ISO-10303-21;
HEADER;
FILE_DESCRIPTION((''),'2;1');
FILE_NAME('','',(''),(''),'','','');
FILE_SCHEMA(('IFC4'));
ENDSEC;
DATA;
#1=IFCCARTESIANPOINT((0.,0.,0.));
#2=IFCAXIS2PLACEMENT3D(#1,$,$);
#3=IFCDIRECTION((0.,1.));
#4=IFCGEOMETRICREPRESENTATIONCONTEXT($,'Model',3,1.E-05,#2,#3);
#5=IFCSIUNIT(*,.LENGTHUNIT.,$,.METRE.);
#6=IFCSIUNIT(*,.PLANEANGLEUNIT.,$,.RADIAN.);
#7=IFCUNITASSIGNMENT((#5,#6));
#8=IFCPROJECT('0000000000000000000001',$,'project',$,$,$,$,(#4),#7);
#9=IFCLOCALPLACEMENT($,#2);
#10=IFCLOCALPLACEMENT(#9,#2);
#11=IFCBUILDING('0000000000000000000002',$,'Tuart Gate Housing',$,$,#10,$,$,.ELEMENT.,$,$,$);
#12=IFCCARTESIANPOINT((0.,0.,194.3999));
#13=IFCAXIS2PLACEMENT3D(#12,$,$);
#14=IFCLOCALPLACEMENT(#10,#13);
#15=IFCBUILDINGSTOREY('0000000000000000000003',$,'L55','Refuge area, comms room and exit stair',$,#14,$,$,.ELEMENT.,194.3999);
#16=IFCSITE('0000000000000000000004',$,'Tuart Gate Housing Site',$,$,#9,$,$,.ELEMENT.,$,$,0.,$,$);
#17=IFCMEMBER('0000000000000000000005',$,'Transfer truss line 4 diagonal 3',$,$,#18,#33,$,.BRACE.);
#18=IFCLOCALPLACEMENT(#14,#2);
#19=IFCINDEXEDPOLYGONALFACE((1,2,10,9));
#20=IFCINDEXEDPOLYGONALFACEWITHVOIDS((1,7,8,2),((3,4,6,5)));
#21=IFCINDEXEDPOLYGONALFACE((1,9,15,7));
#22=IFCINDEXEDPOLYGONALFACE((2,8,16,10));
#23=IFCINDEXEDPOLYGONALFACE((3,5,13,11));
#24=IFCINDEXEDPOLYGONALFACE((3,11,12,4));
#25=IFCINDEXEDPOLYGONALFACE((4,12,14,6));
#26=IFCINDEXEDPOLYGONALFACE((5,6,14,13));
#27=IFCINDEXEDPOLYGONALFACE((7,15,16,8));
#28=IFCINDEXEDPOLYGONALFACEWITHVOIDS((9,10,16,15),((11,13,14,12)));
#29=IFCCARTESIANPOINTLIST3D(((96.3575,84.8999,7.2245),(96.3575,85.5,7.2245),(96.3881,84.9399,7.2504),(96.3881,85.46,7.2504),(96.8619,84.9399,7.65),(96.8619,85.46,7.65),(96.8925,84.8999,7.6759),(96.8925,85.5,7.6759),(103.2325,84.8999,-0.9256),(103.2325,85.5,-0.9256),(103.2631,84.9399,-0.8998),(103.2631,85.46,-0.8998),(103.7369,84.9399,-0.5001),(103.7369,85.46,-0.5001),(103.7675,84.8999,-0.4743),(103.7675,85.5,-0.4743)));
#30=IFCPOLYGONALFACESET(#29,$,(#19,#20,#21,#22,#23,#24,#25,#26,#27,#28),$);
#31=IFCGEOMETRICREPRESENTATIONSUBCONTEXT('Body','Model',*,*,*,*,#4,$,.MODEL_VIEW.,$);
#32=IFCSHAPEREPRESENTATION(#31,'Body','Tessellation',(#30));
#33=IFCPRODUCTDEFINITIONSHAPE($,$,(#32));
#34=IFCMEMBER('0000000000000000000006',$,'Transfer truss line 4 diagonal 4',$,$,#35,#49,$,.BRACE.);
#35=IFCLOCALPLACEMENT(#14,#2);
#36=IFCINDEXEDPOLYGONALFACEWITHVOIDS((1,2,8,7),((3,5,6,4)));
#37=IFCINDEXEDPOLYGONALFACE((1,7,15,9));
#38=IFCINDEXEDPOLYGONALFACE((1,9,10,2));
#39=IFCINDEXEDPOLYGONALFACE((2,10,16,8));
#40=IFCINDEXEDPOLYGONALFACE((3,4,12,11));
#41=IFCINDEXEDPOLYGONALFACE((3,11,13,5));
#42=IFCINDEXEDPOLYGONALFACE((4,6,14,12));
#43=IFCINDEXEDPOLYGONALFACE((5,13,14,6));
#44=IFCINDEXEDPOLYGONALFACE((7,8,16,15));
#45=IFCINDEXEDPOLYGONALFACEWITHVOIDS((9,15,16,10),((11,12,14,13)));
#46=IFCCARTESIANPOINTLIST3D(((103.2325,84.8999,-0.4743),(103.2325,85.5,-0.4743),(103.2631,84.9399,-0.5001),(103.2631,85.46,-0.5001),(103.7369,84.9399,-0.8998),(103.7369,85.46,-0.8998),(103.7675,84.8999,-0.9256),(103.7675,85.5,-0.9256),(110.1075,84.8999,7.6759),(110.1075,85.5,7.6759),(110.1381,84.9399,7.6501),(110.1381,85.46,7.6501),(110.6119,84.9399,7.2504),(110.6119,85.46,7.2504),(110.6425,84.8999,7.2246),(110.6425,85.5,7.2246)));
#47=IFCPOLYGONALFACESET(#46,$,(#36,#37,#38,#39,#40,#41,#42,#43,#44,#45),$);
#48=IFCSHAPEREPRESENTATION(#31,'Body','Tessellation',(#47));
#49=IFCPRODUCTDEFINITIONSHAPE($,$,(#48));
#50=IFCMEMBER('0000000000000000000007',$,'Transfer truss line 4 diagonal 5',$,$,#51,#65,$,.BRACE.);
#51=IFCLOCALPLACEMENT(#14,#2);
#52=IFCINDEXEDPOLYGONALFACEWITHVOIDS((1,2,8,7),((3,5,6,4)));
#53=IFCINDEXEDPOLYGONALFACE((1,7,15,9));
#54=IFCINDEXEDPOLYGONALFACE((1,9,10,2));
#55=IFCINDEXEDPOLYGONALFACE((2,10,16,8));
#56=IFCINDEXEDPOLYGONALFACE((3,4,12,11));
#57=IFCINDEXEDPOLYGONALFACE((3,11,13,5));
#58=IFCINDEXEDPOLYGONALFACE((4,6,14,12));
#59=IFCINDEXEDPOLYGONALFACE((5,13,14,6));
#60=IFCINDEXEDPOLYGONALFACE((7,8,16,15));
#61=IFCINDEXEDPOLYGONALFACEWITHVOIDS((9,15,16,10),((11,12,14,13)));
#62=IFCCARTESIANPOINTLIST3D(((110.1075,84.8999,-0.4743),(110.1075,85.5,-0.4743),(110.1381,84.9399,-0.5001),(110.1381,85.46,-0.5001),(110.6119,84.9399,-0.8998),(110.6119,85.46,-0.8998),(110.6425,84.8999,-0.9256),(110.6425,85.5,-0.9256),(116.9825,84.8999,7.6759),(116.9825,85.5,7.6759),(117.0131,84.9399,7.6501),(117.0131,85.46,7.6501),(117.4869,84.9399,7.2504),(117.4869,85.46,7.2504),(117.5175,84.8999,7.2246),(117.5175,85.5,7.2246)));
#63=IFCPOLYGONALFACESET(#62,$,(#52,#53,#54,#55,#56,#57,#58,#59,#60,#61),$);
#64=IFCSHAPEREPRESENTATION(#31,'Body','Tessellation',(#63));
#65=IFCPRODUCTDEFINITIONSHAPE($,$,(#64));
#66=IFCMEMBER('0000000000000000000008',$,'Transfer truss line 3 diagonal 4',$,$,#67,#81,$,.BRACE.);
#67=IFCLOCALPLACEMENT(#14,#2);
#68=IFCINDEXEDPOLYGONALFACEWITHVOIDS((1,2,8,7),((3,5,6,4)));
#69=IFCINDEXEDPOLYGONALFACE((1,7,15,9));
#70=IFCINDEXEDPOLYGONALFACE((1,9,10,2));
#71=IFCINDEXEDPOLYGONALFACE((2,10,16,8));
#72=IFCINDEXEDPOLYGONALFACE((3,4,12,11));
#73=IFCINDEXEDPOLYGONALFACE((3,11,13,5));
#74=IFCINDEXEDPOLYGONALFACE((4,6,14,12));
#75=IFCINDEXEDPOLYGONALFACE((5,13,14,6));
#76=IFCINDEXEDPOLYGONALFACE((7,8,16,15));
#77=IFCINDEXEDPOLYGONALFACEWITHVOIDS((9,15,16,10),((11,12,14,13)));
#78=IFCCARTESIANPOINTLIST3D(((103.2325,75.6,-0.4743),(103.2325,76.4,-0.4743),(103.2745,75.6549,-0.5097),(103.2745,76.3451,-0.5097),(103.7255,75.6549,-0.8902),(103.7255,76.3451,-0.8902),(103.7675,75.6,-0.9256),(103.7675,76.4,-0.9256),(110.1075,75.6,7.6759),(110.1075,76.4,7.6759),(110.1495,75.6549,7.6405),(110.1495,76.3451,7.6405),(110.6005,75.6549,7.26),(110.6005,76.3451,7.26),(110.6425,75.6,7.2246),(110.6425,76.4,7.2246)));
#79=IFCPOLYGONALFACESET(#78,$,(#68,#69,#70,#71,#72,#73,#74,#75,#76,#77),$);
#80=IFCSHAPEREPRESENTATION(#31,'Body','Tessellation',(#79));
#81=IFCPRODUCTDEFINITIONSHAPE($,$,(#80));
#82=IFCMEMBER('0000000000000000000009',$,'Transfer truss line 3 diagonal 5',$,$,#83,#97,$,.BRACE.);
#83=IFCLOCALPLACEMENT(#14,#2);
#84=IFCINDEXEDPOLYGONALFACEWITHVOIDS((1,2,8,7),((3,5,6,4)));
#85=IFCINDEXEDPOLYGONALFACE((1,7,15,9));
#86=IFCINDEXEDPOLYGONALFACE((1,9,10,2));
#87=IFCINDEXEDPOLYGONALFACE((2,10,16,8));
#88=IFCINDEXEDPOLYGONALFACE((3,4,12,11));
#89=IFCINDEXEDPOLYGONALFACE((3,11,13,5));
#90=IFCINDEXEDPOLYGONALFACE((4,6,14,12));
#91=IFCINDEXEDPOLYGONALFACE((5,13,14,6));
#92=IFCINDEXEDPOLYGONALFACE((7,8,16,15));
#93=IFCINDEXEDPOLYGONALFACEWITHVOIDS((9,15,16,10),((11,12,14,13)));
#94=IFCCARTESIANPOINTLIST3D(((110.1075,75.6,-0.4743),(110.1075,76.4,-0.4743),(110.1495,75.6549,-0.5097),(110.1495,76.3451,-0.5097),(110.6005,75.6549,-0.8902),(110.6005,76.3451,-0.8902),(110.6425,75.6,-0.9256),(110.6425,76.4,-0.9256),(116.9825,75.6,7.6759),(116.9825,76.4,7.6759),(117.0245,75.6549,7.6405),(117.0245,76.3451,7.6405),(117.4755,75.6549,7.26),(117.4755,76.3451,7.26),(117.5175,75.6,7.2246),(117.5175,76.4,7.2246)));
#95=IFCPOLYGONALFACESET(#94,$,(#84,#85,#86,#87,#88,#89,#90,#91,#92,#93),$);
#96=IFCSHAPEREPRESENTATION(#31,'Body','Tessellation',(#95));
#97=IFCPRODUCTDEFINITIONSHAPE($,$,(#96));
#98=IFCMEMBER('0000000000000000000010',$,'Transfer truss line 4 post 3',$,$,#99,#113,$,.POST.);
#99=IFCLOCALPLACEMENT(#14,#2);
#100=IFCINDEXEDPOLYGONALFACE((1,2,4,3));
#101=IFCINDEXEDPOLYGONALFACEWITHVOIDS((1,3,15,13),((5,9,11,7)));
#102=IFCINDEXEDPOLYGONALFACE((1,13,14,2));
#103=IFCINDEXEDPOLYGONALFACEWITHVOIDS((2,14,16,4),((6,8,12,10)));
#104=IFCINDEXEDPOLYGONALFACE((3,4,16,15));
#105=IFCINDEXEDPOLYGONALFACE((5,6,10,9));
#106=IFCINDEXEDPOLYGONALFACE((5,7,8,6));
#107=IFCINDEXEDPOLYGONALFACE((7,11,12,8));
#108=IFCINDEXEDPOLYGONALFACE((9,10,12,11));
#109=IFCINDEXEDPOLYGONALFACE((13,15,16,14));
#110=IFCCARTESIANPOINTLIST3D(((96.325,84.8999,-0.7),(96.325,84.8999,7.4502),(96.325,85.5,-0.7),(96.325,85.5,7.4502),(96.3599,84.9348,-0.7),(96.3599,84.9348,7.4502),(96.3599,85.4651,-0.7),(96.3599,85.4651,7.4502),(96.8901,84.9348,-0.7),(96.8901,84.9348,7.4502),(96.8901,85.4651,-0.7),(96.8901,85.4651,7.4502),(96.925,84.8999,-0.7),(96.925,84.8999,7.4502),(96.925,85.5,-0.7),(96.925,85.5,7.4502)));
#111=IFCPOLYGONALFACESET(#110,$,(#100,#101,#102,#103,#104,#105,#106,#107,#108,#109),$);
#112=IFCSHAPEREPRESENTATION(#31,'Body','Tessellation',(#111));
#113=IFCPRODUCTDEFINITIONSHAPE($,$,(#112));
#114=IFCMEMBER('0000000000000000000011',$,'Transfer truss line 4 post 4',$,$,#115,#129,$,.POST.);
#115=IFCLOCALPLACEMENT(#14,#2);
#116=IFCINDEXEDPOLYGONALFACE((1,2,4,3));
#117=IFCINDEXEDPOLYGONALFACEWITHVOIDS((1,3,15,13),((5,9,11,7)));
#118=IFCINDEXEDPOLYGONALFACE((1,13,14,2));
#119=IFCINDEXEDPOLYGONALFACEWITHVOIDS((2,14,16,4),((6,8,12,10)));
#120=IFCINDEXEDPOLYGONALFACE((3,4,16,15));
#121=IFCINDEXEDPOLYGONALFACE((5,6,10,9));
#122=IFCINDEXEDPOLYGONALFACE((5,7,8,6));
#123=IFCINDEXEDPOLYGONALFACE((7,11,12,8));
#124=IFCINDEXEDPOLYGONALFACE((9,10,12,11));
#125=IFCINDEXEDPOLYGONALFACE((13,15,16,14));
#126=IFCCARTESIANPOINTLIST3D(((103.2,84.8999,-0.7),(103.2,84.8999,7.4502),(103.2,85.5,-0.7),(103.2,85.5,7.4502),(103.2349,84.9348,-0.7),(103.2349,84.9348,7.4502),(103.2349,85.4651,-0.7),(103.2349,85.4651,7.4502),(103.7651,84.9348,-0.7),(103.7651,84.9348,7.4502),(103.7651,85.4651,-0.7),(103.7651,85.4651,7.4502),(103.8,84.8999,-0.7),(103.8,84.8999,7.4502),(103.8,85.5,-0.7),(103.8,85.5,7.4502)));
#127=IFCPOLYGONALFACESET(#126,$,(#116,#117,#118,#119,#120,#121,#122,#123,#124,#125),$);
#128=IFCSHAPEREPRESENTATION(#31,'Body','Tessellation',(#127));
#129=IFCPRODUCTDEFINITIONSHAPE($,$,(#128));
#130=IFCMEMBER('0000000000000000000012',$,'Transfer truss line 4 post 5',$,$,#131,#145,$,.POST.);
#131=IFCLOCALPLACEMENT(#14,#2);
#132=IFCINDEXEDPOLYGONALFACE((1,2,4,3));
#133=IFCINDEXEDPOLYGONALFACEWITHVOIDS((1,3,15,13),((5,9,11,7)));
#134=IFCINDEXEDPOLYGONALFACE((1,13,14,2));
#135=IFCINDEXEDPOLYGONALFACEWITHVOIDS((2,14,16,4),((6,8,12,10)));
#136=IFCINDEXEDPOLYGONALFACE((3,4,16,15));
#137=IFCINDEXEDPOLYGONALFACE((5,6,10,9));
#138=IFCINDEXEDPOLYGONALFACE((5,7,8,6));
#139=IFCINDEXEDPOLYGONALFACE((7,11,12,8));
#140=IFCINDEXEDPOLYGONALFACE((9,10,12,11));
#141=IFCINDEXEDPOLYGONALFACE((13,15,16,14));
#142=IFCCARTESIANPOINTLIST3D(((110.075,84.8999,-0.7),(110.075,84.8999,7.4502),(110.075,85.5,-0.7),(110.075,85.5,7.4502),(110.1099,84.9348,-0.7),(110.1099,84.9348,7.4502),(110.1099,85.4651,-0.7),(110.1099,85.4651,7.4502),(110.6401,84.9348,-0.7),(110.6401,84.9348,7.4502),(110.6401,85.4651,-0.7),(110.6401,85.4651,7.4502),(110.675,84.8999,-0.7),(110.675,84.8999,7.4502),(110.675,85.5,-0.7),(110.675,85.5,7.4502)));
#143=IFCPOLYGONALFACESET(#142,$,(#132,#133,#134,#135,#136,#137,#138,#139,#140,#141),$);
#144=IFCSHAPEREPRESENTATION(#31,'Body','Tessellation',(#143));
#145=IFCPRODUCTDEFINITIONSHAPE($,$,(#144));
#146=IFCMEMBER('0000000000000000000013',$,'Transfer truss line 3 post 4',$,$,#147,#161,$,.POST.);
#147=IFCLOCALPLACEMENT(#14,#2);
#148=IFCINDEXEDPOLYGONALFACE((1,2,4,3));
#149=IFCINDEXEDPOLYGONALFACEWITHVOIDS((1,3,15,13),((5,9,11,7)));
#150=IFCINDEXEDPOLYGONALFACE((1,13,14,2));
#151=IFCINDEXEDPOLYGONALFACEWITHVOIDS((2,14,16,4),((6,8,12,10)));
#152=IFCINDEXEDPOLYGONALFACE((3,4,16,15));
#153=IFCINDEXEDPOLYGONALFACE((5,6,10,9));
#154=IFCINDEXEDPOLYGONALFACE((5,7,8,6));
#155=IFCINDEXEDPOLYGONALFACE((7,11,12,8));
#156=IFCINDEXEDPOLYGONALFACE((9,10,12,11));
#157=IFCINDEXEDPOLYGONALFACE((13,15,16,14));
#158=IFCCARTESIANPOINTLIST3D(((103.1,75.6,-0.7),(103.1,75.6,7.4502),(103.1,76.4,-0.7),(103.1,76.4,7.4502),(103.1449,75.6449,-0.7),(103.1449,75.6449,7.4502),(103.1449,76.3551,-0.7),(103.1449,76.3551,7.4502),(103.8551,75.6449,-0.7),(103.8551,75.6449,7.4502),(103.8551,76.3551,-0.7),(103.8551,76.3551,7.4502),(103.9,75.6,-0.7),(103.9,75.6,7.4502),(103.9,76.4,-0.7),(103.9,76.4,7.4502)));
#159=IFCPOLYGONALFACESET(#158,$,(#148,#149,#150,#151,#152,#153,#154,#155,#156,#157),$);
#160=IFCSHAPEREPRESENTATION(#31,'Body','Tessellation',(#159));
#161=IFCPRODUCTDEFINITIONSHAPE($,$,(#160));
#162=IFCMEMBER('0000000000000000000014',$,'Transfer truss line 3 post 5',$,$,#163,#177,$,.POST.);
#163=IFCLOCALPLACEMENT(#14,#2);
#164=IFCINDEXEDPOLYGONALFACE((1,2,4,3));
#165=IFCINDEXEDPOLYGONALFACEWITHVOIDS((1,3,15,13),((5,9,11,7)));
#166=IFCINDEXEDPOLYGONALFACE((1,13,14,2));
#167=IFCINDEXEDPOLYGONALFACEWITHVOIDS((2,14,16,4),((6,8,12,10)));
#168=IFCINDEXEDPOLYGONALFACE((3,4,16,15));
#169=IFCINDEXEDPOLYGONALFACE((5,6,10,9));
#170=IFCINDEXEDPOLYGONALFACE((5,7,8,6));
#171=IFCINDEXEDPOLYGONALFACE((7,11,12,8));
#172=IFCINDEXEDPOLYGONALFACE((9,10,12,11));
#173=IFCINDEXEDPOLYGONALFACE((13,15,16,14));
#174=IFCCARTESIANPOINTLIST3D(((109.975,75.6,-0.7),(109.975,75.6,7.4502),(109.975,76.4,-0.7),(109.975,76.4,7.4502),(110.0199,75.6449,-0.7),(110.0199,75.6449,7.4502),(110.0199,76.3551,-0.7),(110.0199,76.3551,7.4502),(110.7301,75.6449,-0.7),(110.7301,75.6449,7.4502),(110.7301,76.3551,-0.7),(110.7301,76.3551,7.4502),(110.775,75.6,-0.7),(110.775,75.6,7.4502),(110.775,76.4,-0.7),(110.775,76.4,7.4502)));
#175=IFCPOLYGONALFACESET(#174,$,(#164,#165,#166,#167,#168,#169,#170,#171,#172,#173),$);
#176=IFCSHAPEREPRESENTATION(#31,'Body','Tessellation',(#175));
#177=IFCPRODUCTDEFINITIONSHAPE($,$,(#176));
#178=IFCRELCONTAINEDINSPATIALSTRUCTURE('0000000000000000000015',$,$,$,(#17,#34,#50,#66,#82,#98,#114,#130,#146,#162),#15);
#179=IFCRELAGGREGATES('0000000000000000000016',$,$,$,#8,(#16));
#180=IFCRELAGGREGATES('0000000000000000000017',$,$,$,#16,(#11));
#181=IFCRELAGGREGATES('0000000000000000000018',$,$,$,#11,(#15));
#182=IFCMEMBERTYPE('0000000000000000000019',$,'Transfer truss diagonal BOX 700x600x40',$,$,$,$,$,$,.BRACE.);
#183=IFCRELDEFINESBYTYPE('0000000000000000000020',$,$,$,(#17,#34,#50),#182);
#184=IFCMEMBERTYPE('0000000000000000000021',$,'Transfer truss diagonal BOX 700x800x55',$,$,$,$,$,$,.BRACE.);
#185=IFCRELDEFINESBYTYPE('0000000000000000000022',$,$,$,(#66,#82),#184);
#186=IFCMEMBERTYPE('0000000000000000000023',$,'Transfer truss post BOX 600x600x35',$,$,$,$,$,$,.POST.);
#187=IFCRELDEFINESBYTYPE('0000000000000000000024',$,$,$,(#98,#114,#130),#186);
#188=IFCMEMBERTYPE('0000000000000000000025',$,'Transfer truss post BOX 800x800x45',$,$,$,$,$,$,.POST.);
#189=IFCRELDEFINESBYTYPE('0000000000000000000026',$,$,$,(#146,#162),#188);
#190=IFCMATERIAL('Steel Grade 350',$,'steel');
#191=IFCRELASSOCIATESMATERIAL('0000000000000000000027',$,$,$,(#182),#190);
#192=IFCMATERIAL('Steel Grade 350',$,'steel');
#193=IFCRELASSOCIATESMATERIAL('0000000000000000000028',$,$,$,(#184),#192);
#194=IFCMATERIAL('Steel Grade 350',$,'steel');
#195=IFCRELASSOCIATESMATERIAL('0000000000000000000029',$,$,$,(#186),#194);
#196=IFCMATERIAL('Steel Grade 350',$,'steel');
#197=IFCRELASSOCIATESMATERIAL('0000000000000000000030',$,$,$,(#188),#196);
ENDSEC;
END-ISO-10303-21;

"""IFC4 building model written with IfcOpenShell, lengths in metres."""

from ifc_helpers import new_model, si_unit, direction, frame, origin, origin_2d, place, context, subcontext, project, spatial, hollow_rectangle, extrude, material, material_profile, profile_set, type_object, element, save


model = new_model("IFC4")

# Units and contexts
model_context = context("Model", 3, precision=1e-05, world=origin(), true_north=direction((0.0, 1.0)))
body_context = subcontext(model_context, "Body", "Model", "MODEL_VIEW")
ifc_project = project(units=[si_unit("LENGTHUNIT", "METRE"), si_unit("PLANEANGLEUNIT", "RADIAN")], contexts=[model_context])

# Site, building, storey
site_placement = place(None, origin())
site = spatial("IfcSite", under=ifc_project, at=site_placement, Name="Tuart Gate Housing Site", CompositionType="ELEMENT", RefElevation=0.0)
building_placement = place(site_placement, origin())
building = spatial("IfcBuilding", under=site, at=building_placement, Name="Tuart Gate Housing", CompositionType="ELEMENT")
storey_placement = place(building_placement, frame((0.0, 0.0, 194.3999)))
storey = spatial("IfcBuildingStorey", under=building, at=storey_placement, Name="L55", Description="Refuge area, comms room and exit stair", CompositionType="ELEMENT", Elevation=194.3999)

# Members
ifc_material_1 = material(Name="Steel Grade 350", Category="steel")
ifc_material_profile_1 = material_profile(ifc_material_1, hollow_rectangle(XDim=0.6001, YDim=0.7, WallThickness=0.04, at=origin_2d()), Name="BOX 700x600x40")
ifc_profile_set_1 = profile_set([ifc_material_profile_1], Name="Steel Grade 350")
member_type_1 = type_object("IfcMemberType", Name="Transfer truss diagonal BOX 700x600x40", PredefinedType="BRACE", material=ifc_profile_set_1)
for number, where, z_axis, x_axis, name in (
    (1, (96.625, 85.2, 7.4502), (0.644779, 0.0, -0.764369), (0.0, 1.0, 0.0), "Transfer truss line 4 diagonal 3"),
    (2, (103.5, 85.2, -0.7), (0.644779, 0.0, 0.764369), (0.0, 1.0, 0.0), "Transfer truss line 4 diagonal 4"),
    (3, (110.375, 85.2, -0.7), (0.644779, 0.0, 0.764369), (0.0, 1.0, 0.0), "Transfer truss line 4 diagonal 5"),
):
    element("IfcMember", number, at=place(storey_placement, frame(where, z_axis=z_axis, x_axis=x_axis)), inside=storey, type_object=member_type_1, Name=name, PredefinedType="BRACE", context=body_context, shape_type="SweptSolid", body=[
        extrude(hollow_rectangle(XDim=0.6001, YDim=0.7, WallThickness=0.04, at=origin_2d()), origin(), (0.0, 0.0, 1.0), 10.6626),
    ])
ifc_material_2 = material(Name="Steel Grade 350", Category="steel")
ifc_material_profile_2 = material_profile(ifc_material_2, hollow_rectangle(XDim=0.8, YDim=0.7, WallThickness=0.0549, at=origin_2d()), Name="BOX 700x800x55")
ifc_profile_set_2 = profile_set([ifc_material_profile_2], Name="Steel Grade 350")
member_type_2 = type_object("IfcMemberType", Name="Transfer truss diagonal BOX 700x800x55", PredefinedType="BRACE", material=ifc_profile_set_2)
for number, where, z_axis, x_axis, name in (
    (4, (103.5, 76.0, -0.7), (0.644779, 0.0, 0.764369), (0.0, 1.0, 0.0), "Transfer truss line 3 diagonal 4"),
    (5, (110.375, 76.0, -0.7), (0.644779, 0.0, 0.764369), (0.0, 1.0, 0.0), "Transfer truss line 3 diagonal 5"),
):
    element("IfcMember", number, at=place(storey_placement, frame(where, z_axis=z_axis, x_axis=x_axis)), inside=storey, type_object=member_type_2, Name=name, PredefinedType="BRACE", context=body_context, shape_type="SweptSolid", body=[
        extrude(hollow_rectangle(XDim=0.8, YDim=0.7, WallThickness=0.0549, at=origin_2d()), origin(), (0.0, 0.0, 1.0), 10.6626),
    ])
ifc_material_3 = material(Name="Steel Grade 350", Category="steel")
ifc_material_profile_3 = material_profile(ifc_material_3, hollow_rectangle(XDim=0.6001, YDim=0.6001, WallThickness=0.0349, at=origin_2d()), Name="BOX 600x600x35")
ifc_profile_set_3 = profile_set([ifc_material_profile_3], Name="Steel Grade 350")
member_type_3 = type_object("IfcMemberType", Name="Transfer truss post BOX 600x600x35", PredefinedType="POST", material=ifc_profile_set_3)
for number, where, z_axis, x_axis, name in (
    (6, (96.625, 85.2, -0.7), (0.0, 0.0, 1.0), (1.0, 0.0, 0.0), "Transfer truss line 4 post 3"),
    (7, (103.5, 85.2, -0.7), (0.0, 0.0, 1.0), (1.0, 0.0, 0.0), "Transfer truss line 4 post 4"),
    (8, (110.375, 85.2, -0.7), (0.0, 0.0, 1.0), (1.0, 0.0, 0.0), "Transfer truss line 4 post 5"),
):
    element("IfcMember", number, at=place(storey_placement, frame(where, z_axis=z_axis, x_axis=x_axis)), inside=storey, type_object=member_type_3, Name=name, PredefinedType="POST", context=body_context, shape_type="SweptSolid", body=[
        extrude(hollow_rectangle(XDim=0.6001, YDim=0.6001, WallThickness=0.0349, at=origin_2d()), origin(), (0.0, 0.0, 1.0), 8.1501),
    ])
ifc_material_4 = material(Name="Steel Grade 350", Category="steel")
ifc_material_profile_4 = material_profile(ifc_material_4, hollow_rectangle(XDim=0.8, YDim=0.8, WallThickness=0.0449, at=origin_2d()), Name="BOX 800x800x45")
ifc_profile_set_4 = profile_set([ifc_material_profile_4], Name="Steel Grade 350")
member_type_4 = type_object("IfcMemberType", Name="Transfer truss post BOX 800x800x45", PredefinedType="POST", material=ifc_profile_set_4)
for number, where, z_axis, x_axis, name in (
    (9, (103.5, 76.0, -0.7), (0.0, 0.0, 1.0), (1.0, 0.0, 0.0), "Transfer truss line 3 post 4"),
    (10, (110.375, 76.0, -0.7), (0.0, 0.0, 1.0), (1.0, 0.0, 0.0), "Transfer truss line 3 post 5"),
):
    element("IfcMember", number, at=place(storey_placement, frame(where, z_axis=z_axis, x_axis=x_axis)), inside=storey, type_object=member_type_4, Name=name, PredefinedType="POST", context=body_context, shape_type="SweptSolid", body=[
        extrude(hollow_rectangle(XDim=0.8, YDim=0.8, WallThickness=0.0449, at=origin_2d()), origin(), (0.0, 0.0, 1.0), 8.1501),
    ])

save(model, "model.ifc")
